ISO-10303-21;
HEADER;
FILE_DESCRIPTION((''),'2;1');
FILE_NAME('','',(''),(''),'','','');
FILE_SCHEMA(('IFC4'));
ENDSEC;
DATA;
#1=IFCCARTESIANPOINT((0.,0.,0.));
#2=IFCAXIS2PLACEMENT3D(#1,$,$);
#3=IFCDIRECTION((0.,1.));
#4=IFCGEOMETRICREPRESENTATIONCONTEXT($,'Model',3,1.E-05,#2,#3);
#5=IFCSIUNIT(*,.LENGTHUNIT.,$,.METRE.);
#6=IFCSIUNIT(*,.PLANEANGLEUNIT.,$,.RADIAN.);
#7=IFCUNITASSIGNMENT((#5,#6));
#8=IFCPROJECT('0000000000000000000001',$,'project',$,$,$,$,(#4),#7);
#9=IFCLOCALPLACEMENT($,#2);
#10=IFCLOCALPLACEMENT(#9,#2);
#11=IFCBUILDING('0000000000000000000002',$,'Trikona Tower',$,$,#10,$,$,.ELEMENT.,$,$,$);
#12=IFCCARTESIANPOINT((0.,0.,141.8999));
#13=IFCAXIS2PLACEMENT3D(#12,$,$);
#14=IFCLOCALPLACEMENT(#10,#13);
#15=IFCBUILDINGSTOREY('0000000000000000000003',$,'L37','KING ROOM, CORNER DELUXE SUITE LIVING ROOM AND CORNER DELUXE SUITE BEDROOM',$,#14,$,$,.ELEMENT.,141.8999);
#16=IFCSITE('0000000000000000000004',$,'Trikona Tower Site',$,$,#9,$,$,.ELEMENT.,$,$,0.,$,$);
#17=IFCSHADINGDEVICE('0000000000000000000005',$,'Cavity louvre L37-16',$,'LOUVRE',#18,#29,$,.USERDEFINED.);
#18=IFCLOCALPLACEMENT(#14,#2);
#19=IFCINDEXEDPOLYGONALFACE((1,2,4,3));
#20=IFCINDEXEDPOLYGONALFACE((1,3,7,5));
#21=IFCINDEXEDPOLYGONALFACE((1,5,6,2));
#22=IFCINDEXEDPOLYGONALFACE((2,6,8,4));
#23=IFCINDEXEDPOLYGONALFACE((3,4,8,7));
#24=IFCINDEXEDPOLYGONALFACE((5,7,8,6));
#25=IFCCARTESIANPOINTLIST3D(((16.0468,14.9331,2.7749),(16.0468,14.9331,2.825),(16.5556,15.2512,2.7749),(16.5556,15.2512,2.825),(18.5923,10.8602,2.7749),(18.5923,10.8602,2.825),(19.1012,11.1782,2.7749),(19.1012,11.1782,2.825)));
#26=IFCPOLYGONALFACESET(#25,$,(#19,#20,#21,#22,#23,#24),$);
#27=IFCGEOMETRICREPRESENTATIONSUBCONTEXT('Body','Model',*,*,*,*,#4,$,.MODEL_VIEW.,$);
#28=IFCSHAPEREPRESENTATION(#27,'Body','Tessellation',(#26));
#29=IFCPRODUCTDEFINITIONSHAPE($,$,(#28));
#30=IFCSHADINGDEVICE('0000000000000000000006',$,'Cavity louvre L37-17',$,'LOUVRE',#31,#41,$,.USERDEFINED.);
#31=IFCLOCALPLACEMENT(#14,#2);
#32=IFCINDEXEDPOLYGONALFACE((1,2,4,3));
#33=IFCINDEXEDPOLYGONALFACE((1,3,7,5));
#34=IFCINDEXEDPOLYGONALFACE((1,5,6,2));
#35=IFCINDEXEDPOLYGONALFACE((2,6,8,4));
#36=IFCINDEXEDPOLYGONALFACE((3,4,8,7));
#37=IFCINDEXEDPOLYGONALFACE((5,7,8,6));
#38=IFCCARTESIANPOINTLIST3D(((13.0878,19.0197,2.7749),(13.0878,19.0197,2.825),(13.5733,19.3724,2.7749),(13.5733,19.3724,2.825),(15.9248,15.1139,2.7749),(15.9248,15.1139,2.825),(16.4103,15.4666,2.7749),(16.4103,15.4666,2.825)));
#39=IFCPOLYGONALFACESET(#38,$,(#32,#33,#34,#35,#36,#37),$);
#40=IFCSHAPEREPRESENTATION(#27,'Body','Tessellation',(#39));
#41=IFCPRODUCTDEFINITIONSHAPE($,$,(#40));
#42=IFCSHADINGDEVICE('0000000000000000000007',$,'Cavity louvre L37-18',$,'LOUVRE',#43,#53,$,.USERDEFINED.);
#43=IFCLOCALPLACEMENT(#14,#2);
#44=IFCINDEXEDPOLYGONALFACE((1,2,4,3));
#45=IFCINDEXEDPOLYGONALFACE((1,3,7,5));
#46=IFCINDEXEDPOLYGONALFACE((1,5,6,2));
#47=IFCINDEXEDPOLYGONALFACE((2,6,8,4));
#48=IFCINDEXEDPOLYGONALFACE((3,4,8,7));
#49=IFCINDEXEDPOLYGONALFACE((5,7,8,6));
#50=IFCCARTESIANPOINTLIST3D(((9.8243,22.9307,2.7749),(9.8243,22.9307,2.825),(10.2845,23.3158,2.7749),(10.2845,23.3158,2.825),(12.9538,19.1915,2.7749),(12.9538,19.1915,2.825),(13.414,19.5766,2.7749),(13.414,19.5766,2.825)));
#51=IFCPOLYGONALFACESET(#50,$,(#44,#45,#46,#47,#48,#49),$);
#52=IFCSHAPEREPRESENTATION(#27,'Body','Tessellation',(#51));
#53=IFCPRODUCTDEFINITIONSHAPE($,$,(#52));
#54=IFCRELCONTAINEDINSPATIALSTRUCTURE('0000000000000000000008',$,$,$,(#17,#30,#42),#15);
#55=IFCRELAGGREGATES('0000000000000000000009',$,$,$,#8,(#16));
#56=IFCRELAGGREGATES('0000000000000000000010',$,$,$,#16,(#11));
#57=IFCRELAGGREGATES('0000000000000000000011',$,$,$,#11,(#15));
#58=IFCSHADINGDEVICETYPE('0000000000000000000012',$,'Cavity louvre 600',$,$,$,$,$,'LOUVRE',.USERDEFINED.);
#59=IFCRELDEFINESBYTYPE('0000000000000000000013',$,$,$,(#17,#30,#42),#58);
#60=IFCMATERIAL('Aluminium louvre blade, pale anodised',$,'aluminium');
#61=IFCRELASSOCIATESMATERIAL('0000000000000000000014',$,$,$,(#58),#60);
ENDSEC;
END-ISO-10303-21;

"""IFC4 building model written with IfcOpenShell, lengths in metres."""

from ifc_helpers import new_model, si_unit, direction, frame, origin, origin_2d, place, context, subcontext, project, spatial, rectangle, extrude, material, type_object, element, save


model = new_model("IFC4")

# Units and contexts
model_context = context("Model", 3, precision=1e-05, world=origin(), true_north=direction((0.0, 1.0)))
body_context = subcontext(model_context, "Body", "Model", "MODEL_VIEW")
ifc_project = project(units=[si_unit("LENGTHUNIT", "METRE"), si_unit("PLANEANGLEUNIT", "RADIAN")], contexts=[model_context])

# Site, building, storey
site_placement = place(None, origin())
site = spatial("IfcSite", under=ifc_project, at=site_placement, Name="Trikona Tower Site", CompositionType="ELEMENT", RefElevation=0.0)
building_placement = place(site_placement, origin())
building = spatial("IfcBuilding", under=site, at=building_placement, Name="Trikona Tower", CompositionType="ELEMENT")
storey_placement = place(building_placement, frame((0.0, 0.0, 141.8999)))
storey = spatial("IfcBuildingStorey", under=building, at=storey_placement, Name="L37", Description="KING ROOM, CORNER DELUXE SUITE LIVING ROOM AND CORNER DELUXE SUITE BEDROOM", CompositionType="ELEMENT", Elevation=141.8999)

# Shading devices
ifc_material_1 = material(Name="Aluminium louvre blade, pale anodised", Category="aluminium")
shading_device_type = type_object("IfcShadingDeviceType", Name="Cavity louvre 600", ElementType="LOUVRE", PredefinedType="USERDEFINED", material=ifc_material_1)
shading_device_1_placement = place(storey_placement, frame((17.574, 13.0557, 2.7749), z_axis=(0.0, 0.0, 1.0), x_axis=(-0.529995, 0.848001, 0.0)))
element("IfcShadingDevice", 1, at=shading_device_1_placement, inside=storey, type_object=shading_device_type, Name="Cavity louvre L37-16", ObjectType="LOUVRE", PredefinedType="USERDEFINED", context=body_context, shape_type="SweptSolid", body=[
    extrude(rectangle(XDim=4.803, YDim=0.6001, at=origin_2d()), origin(), (0.0, 0.0, 1.0), 0.05),
])
shading_device_2_placement = place(storey_placement, frame((14.749, 17.2432, 2.7749), z_axis=(0.0, 0.0, 1.0), x_axis=(-0.587686, 0.809089, 0.0)))
element("IfcShadingDevice", 2, at=shading_device_2_placement, inside=storey, type_object=shading_device_type, Name="Cavity louvre L37-17", ObjectType="LOUVRE", PredefinedType="USERDEFINED", context=body_context, shape_type="SweptSolid", body=[
    extrude(rectangle(XDim=4.8274, YDim=0.6001, at=origin_2d()), origin(), (0.0, 0.0, 1.0), 0.05),
])
shading_device_3_placement = place(storey_placement, frame((11.6191, 21.2537, 2.7749), z_axis=(0.0, 0.0, 1.0), x_axis=(-0.641807, 0.766866, 0.0)))
element("IfcShadingDevice", 3, at=shading_device_3_placement, inside=storey, type_object=shading_device_type, Name="Cavity louvre L37-18", ObjectType="LOUVRE", PredefinedType="USERDEFINED", context=body_context, shape_type="SweptSolid", body=[
    extrude(rectangle(XDim=4.876, YDim=0.6001, at=origin_2d()), origin(), (0.0, 0.0, 1.0), 0.05),
])

save(model, "model.ifc")
